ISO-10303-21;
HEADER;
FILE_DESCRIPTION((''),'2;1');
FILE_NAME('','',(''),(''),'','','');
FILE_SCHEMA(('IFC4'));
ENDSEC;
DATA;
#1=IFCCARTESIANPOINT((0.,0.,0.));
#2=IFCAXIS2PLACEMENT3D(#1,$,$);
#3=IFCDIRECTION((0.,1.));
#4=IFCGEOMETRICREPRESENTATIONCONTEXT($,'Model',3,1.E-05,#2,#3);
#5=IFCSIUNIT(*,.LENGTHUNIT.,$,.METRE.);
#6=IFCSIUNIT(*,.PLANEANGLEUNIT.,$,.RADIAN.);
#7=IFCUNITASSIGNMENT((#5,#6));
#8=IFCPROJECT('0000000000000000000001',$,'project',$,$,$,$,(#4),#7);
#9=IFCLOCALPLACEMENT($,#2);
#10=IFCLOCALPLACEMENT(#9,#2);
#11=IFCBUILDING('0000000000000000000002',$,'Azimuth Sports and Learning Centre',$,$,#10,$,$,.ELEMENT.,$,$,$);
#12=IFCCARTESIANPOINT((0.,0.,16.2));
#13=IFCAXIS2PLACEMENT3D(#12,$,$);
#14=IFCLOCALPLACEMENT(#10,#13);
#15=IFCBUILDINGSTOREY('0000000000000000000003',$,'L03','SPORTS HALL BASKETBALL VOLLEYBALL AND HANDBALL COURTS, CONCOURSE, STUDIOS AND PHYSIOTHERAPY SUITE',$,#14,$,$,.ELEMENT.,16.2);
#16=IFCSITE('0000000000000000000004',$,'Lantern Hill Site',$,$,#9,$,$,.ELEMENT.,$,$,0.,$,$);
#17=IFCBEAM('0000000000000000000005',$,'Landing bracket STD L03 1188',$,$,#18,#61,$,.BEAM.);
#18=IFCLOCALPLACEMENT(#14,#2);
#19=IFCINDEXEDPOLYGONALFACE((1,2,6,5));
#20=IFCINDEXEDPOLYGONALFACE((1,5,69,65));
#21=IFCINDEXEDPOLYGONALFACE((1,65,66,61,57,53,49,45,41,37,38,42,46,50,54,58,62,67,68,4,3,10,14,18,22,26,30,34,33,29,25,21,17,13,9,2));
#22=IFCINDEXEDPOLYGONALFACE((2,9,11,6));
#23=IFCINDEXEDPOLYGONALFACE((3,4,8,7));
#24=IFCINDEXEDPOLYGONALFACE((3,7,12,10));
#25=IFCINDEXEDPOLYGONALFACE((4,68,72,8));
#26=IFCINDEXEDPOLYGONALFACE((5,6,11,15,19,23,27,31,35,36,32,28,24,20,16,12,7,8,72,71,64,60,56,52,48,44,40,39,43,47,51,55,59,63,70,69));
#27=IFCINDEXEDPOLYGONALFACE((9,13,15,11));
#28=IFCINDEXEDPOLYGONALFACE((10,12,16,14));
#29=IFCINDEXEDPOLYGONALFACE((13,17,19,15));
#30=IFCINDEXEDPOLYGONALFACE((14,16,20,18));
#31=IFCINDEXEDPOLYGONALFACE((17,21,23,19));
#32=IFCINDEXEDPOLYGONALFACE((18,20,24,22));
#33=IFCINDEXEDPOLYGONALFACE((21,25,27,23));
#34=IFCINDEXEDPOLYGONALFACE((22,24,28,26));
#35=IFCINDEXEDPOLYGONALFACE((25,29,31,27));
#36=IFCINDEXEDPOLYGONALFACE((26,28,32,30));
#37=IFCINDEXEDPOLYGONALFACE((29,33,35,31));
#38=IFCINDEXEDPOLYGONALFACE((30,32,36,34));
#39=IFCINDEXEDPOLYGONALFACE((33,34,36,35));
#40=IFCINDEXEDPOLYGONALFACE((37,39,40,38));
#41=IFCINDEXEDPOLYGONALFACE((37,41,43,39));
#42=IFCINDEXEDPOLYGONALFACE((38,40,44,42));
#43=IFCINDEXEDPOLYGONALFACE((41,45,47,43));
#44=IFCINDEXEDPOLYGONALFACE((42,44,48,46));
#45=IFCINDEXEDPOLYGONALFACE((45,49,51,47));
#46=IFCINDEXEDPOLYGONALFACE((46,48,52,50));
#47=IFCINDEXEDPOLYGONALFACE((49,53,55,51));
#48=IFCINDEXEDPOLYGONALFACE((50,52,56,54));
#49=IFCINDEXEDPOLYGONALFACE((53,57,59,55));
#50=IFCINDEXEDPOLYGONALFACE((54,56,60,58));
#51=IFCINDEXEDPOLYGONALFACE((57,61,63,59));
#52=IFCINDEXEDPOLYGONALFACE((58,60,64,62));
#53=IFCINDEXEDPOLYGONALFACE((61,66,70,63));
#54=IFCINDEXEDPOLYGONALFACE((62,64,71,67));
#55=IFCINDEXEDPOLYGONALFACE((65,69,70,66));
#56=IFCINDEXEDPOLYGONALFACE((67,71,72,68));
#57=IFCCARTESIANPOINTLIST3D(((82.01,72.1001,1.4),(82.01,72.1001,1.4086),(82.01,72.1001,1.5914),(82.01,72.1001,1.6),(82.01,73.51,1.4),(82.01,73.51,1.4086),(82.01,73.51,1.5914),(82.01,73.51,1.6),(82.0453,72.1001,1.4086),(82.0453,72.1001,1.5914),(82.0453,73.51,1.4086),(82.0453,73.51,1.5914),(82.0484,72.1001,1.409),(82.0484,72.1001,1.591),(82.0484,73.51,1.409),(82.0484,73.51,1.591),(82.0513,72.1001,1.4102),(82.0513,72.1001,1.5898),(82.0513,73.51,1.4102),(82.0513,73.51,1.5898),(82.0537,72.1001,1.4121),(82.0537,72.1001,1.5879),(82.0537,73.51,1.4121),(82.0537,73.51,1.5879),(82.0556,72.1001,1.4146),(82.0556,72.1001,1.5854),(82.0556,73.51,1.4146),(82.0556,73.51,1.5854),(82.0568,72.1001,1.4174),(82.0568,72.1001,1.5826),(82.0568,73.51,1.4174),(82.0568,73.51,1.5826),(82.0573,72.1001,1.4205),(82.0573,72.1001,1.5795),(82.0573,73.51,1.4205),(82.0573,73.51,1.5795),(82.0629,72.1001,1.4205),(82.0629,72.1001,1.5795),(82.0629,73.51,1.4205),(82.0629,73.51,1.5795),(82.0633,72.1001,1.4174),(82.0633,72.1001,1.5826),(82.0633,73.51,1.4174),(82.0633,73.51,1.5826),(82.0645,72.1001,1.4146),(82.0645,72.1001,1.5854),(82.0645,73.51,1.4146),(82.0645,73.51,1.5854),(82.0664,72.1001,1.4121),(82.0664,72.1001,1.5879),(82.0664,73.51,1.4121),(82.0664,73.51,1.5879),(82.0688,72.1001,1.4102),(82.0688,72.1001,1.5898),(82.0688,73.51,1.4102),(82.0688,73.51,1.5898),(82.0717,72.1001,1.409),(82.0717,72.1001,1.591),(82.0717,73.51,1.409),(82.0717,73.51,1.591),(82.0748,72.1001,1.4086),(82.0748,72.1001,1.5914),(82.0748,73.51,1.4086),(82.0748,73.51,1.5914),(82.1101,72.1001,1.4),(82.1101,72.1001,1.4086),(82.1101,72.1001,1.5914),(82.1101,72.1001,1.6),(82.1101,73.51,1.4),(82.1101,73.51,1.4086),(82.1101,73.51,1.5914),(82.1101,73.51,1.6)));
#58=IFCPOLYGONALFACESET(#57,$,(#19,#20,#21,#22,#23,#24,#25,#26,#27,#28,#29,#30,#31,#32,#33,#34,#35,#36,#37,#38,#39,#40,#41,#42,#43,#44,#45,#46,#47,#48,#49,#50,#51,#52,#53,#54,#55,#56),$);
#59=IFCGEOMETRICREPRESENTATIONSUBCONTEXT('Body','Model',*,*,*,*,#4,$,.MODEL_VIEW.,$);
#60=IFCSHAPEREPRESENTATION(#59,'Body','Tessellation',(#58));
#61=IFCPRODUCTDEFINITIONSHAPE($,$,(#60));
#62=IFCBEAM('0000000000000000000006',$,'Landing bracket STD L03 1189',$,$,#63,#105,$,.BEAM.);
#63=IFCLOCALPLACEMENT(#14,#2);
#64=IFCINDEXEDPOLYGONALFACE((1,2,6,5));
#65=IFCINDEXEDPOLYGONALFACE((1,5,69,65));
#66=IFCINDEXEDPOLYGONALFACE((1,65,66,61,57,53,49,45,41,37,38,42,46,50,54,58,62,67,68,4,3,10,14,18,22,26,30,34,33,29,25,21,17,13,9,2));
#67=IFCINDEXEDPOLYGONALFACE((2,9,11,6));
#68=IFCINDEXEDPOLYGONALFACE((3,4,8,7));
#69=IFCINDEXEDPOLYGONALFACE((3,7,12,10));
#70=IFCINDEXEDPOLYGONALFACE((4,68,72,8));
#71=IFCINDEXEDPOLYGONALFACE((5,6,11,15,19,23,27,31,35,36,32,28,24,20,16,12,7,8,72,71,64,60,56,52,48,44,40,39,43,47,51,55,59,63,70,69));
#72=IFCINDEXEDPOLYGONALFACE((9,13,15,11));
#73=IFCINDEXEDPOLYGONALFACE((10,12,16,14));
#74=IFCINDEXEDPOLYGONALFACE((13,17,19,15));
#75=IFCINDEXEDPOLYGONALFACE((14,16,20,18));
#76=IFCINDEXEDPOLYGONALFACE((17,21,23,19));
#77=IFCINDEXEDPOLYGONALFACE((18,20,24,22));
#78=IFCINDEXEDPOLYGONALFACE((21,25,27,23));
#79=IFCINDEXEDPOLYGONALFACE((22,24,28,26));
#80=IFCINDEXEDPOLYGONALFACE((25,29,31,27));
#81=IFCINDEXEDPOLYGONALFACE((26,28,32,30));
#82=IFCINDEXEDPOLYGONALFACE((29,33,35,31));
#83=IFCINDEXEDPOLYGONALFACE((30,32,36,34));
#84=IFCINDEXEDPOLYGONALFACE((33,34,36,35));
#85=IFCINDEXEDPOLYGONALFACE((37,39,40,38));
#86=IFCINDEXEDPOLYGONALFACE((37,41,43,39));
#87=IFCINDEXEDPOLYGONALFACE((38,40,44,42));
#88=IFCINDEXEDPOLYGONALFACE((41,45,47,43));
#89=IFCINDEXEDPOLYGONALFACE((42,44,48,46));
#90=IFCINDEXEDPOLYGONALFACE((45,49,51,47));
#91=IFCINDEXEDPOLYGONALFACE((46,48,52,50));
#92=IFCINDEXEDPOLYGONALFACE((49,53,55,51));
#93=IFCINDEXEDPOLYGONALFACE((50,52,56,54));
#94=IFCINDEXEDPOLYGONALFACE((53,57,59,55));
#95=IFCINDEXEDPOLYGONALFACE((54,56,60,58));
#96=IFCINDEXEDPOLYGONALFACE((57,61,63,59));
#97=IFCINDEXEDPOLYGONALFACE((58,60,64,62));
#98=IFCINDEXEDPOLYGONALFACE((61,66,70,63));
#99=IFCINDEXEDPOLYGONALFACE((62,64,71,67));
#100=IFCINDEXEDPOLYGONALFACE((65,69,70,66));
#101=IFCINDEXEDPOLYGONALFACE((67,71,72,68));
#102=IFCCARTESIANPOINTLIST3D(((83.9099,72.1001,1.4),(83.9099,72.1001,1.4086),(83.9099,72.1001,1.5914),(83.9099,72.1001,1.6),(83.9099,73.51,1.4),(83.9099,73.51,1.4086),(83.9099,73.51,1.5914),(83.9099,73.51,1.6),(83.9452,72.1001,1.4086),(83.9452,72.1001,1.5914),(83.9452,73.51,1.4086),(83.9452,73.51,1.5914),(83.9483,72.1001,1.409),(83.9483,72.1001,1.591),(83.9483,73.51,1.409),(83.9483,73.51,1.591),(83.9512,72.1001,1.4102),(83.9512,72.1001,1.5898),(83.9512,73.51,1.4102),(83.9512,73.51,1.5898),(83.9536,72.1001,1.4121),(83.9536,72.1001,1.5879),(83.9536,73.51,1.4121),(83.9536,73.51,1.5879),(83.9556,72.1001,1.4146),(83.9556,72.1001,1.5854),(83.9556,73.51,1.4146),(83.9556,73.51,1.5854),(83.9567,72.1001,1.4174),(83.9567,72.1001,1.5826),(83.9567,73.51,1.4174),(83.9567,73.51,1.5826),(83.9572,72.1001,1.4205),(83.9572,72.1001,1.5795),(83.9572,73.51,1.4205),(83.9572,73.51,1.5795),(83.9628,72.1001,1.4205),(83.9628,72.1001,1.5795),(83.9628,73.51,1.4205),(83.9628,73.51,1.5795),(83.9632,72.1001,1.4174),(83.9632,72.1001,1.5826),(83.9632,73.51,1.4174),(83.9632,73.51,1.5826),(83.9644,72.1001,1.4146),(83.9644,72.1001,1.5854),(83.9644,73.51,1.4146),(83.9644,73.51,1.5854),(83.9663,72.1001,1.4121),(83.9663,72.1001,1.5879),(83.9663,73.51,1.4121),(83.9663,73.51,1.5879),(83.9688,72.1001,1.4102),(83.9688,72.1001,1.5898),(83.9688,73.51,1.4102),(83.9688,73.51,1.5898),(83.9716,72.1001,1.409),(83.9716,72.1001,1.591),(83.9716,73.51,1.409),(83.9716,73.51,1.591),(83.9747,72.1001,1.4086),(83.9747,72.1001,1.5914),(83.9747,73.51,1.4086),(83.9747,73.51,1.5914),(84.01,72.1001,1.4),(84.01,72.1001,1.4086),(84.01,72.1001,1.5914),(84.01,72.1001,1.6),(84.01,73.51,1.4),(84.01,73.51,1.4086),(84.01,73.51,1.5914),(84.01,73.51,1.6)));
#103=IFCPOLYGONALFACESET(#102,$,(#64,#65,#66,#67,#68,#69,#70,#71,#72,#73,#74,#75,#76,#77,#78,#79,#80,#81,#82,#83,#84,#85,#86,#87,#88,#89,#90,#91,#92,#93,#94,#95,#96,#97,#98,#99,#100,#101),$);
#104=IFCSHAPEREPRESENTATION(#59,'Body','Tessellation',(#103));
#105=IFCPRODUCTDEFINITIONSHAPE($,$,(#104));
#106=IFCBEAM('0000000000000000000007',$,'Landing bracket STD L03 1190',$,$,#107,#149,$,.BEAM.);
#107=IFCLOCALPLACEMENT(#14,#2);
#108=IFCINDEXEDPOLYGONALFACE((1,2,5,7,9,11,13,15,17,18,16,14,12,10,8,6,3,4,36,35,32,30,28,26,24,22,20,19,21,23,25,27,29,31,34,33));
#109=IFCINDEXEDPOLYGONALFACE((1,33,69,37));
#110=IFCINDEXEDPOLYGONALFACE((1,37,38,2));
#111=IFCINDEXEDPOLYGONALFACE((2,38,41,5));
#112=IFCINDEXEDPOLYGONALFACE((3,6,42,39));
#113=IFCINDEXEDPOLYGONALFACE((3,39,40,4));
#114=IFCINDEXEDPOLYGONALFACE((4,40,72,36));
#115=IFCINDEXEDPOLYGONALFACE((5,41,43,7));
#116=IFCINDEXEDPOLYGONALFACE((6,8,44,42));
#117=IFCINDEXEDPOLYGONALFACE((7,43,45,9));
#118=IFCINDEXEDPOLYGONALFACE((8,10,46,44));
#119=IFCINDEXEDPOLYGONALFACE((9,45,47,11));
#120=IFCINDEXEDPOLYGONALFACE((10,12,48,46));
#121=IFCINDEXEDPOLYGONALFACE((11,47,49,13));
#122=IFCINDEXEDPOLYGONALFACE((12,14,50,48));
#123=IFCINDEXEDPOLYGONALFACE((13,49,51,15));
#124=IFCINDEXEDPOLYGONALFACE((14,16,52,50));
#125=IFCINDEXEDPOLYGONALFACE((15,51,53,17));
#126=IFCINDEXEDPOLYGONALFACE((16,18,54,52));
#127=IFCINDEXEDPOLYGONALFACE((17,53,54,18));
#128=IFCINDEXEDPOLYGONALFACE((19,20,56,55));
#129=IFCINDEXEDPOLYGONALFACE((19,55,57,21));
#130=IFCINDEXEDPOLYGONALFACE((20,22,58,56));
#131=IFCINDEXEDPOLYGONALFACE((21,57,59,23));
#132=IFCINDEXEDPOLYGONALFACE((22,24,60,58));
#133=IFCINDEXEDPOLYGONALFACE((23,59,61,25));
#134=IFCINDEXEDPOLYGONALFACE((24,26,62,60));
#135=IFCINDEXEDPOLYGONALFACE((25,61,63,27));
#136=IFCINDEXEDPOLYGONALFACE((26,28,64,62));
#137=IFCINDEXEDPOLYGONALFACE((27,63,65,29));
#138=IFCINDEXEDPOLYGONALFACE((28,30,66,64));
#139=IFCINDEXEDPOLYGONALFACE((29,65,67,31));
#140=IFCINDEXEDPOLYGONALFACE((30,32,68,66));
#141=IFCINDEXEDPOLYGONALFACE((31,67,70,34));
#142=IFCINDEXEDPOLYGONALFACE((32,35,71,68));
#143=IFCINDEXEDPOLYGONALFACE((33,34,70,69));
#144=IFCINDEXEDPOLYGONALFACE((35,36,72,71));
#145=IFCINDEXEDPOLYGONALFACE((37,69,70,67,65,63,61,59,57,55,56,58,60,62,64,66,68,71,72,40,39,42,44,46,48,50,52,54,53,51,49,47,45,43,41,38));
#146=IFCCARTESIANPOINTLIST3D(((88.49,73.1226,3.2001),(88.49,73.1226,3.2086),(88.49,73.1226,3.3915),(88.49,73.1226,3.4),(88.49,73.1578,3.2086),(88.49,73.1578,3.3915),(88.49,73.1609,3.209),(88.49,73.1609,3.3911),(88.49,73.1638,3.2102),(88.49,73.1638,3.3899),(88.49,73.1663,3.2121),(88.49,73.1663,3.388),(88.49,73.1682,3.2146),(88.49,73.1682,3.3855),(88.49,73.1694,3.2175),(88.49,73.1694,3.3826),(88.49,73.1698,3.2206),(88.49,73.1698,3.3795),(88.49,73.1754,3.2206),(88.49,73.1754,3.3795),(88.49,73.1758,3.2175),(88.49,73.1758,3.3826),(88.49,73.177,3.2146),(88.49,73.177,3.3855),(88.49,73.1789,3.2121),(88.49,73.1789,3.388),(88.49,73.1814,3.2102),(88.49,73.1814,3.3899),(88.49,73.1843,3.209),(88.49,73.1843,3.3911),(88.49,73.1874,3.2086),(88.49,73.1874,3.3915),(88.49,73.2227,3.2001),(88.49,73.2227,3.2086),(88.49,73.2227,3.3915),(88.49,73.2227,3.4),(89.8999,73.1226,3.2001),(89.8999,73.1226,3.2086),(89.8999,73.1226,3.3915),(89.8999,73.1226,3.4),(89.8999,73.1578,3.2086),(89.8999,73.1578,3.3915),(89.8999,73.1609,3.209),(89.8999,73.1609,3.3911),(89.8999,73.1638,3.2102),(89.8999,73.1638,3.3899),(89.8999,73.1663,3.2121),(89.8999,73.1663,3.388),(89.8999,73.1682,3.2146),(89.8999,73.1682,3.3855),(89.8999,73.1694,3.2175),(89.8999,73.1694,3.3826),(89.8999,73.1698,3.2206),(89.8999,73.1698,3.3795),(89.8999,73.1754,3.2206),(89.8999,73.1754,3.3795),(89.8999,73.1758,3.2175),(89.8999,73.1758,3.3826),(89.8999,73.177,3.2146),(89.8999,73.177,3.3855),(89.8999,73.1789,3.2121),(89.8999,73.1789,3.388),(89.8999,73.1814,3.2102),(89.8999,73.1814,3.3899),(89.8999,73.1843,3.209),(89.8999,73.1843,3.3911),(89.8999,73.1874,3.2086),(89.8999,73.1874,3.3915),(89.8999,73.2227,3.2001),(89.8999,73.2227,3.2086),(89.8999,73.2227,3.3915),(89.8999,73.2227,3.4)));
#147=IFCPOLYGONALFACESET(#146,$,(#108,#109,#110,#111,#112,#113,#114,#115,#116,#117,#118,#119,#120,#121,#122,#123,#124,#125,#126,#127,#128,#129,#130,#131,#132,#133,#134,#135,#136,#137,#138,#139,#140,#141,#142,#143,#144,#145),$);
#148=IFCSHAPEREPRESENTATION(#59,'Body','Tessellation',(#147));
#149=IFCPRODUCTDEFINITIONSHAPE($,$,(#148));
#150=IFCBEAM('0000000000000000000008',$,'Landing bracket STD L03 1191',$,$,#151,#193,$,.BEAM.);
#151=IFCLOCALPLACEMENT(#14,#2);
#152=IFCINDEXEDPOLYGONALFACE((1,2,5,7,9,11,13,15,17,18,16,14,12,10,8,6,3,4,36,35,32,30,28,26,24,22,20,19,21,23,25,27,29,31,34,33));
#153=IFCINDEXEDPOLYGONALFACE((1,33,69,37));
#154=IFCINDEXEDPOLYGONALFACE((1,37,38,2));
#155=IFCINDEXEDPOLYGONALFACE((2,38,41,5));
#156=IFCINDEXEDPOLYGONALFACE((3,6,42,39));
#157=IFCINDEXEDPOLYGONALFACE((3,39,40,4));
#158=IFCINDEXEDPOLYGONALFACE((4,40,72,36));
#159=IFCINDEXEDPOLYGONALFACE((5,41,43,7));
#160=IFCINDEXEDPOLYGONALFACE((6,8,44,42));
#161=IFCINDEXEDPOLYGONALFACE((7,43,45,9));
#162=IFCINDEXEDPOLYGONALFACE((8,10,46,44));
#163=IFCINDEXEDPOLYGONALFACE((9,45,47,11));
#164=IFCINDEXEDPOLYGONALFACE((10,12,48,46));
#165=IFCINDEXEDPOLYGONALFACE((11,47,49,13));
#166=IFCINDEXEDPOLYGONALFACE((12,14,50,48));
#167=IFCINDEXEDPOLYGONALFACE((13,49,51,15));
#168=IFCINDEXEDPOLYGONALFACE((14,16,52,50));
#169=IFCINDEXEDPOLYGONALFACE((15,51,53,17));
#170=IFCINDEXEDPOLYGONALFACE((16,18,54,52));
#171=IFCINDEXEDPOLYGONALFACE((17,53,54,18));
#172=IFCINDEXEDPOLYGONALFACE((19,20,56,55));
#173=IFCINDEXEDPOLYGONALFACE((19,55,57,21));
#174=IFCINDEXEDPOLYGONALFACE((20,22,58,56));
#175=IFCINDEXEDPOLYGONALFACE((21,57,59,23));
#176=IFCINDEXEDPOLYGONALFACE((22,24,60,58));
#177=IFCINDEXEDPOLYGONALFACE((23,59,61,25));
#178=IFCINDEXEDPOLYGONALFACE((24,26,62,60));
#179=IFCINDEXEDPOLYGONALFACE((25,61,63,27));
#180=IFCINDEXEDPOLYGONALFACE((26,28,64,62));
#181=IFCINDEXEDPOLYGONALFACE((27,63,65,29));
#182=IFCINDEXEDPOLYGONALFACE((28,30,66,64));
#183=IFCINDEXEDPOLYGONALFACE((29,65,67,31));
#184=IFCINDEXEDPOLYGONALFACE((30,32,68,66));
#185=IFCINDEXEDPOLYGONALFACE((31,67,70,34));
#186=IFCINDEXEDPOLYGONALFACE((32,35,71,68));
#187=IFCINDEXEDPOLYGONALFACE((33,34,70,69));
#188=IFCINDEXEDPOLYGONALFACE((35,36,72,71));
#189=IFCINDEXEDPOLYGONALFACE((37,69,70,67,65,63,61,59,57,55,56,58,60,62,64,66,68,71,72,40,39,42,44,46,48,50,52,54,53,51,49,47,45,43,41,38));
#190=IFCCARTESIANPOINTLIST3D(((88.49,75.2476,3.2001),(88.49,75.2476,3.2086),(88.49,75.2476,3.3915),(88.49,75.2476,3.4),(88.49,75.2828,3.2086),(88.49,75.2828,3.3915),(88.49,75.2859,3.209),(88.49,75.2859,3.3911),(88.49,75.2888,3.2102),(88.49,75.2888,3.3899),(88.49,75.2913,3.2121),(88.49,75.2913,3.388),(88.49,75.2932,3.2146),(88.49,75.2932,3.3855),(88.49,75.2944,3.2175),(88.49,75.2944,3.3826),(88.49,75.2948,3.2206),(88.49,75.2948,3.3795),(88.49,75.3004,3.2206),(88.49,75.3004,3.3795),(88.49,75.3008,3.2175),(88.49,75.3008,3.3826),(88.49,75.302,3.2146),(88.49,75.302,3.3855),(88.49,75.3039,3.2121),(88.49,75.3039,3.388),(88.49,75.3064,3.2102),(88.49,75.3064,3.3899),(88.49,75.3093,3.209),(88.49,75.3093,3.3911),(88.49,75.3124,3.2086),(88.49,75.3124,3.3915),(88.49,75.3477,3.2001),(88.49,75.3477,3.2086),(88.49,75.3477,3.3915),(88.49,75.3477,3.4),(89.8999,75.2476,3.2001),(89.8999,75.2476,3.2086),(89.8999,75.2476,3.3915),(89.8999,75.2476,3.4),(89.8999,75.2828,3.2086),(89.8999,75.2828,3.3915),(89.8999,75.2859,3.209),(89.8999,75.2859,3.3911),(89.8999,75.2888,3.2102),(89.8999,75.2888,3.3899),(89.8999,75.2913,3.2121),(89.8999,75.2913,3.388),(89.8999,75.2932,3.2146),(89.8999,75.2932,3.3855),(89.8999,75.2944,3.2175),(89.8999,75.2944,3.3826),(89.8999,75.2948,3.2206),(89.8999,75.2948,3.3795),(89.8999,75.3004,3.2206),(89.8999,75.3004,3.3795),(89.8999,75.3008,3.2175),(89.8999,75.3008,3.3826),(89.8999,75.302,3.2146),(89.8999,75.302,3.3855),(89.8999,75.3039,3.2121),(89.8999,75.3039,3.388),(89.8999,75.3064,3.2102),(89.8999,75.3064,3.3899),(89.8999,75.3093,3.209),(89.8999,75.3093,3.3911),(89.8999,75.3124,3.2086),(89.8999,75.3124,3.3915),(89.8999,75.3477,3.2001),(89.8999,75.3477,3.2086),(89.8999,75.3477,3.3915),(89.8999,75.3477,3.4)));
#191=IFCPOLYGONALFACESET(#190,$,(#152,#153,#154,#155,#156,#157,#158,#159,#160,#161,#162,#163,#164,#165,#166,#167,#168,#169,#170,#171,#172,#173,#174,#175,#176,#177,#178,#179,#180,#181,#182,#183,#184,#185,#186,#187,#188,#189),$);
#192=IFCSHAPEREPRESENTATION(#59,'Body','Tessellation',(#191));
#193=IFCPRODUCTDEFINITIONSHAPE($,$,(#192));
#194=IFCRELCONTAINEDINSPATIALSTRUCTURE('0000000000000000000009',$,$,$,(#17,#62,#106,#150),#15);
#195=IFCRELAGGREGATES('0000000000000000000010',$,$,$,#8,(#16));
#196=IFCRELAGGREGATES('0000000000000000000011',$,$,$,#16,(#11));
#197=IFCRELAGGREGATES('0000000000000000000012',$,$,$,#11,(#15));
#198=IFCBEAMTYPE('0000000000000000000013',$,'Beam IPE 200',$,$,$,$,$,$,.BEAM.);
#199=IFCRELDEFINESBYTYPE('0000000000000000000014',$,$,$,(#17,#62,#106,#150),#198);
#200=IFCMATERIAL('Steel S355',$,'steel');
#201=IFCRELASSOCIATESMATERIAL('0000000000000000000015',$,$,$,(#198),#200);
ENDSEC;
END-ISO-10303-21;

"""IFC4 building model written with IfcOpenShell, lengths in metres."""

from ifc_helpers import new_model, si_unit, direction, frame, origin, origin_2d, place, context, subcontext, project, spatial, i_section, extrude, material, material_profile, profile_set, type_object, element, save


model = new_model("IFC4")

# Units and contexts
model_context = context("Model", 3, precision=1e-05, world=origin(), true_north=direction((0.0, 1.0)))
body_context = subcontext(model_context, "Body", "Model", "MODEL_VIEW")
ifc_project = project(units=[si_unit("LENGTHUNIT", "METRE"), si_unit("PLANEANGLEUNIT", "RADIAN")], contexts=[model_context])

# Site, building, storey
site_placement = place(None, origin())
site = spatial("IfcSite", under=ifc_project, at=site_placement, Name="Lantern Hill Site", CompositionType="ELEMENT", RefElevation=0.0)
building_placement = place(site_placement, origin())
building = spatial("IfcBuilding", under=site, at=building_placement, Name="Azimuth Sports and Learning Centre", CompositionType="ELEMENT")
storey_placement = place(building_placement, frame((0.0, 0.0, 16.2)))
storey = spatial("IfcBuildingStorey", under=building, at=storey_placement, Name="L03", Description="SPORTS HALL BASKETBALL VOLLEYBALL AND HANDBALL COURTS, CONCOURSE, STUDIOS AND PHYSIOTHERAPY SUITE", CompositionType="ELEMENT", Elevation=16.2)

# Beams
ifc_material_1 = material(Name="Steel S355", Category="steel")
ifc_material_profile_1 = material_profile(ifc_material_1, i_section(OverallWidth=0.1001, OverallDepth=0.2, WebThickness=0.0056, FlangeThickness=0.0085, FilletRadius=0.012, at=origin_2d()), Name="IPE 200")
ifc_profile_set_1 = profile_set([ifc_material_profile_1], Name="Steel S355")
beam_type_1 = type_object("IfcBeamType", Name="Beam IPE 200", PredefinedType="BEAM", material=ifc_profile_set_1)
for number, where, z_axis, x_axis, name in (
    (1, (82.0601, 72.1001, 1.5), (0.0, 1.0, 0.0), (-1.0, 0.0, 0.0), "Landing bracket STD L03 1188"),
    (2, (83.96, 72.1001, 1.5), (0.0, 1.0, 0.0), (-1.0, 0.0, 0.0), "Landing bracket STD L03 1189"),
    (3, (89.8999, 73.1726, 3.3), (-1.0, 0.0, 0.0), (0.0, -1.0, 0.0), "Landing bracket STD L03 1190"),
    (4, (89.8999, 75.2976, 3.3), (-1.0, 0.0, 0.0), (0.0, -1.0, 0.0), "Landing bracket STD L03 1191"),
):
    element("IfcBeam", number, at=place(storey_placement, frame(where, z_axis=z_axis, x_axis=x_axis)), inside=storey, type_object=beam_type_1, Name=name, PredefinedType="BEAM", context=body_context, shape_type="SweptSolid", body=[
        extrude(i_section(OverallWidth=0.1001, OverallDepth=0.2, WebThickness=0.0056, FlangeThickness=0.0085, FilletRadius=0.012, at=origin_2d()), origin(), (0.0, 0.0, 1.0), 1.4099),
    ])

save(model, "model.ifc")
